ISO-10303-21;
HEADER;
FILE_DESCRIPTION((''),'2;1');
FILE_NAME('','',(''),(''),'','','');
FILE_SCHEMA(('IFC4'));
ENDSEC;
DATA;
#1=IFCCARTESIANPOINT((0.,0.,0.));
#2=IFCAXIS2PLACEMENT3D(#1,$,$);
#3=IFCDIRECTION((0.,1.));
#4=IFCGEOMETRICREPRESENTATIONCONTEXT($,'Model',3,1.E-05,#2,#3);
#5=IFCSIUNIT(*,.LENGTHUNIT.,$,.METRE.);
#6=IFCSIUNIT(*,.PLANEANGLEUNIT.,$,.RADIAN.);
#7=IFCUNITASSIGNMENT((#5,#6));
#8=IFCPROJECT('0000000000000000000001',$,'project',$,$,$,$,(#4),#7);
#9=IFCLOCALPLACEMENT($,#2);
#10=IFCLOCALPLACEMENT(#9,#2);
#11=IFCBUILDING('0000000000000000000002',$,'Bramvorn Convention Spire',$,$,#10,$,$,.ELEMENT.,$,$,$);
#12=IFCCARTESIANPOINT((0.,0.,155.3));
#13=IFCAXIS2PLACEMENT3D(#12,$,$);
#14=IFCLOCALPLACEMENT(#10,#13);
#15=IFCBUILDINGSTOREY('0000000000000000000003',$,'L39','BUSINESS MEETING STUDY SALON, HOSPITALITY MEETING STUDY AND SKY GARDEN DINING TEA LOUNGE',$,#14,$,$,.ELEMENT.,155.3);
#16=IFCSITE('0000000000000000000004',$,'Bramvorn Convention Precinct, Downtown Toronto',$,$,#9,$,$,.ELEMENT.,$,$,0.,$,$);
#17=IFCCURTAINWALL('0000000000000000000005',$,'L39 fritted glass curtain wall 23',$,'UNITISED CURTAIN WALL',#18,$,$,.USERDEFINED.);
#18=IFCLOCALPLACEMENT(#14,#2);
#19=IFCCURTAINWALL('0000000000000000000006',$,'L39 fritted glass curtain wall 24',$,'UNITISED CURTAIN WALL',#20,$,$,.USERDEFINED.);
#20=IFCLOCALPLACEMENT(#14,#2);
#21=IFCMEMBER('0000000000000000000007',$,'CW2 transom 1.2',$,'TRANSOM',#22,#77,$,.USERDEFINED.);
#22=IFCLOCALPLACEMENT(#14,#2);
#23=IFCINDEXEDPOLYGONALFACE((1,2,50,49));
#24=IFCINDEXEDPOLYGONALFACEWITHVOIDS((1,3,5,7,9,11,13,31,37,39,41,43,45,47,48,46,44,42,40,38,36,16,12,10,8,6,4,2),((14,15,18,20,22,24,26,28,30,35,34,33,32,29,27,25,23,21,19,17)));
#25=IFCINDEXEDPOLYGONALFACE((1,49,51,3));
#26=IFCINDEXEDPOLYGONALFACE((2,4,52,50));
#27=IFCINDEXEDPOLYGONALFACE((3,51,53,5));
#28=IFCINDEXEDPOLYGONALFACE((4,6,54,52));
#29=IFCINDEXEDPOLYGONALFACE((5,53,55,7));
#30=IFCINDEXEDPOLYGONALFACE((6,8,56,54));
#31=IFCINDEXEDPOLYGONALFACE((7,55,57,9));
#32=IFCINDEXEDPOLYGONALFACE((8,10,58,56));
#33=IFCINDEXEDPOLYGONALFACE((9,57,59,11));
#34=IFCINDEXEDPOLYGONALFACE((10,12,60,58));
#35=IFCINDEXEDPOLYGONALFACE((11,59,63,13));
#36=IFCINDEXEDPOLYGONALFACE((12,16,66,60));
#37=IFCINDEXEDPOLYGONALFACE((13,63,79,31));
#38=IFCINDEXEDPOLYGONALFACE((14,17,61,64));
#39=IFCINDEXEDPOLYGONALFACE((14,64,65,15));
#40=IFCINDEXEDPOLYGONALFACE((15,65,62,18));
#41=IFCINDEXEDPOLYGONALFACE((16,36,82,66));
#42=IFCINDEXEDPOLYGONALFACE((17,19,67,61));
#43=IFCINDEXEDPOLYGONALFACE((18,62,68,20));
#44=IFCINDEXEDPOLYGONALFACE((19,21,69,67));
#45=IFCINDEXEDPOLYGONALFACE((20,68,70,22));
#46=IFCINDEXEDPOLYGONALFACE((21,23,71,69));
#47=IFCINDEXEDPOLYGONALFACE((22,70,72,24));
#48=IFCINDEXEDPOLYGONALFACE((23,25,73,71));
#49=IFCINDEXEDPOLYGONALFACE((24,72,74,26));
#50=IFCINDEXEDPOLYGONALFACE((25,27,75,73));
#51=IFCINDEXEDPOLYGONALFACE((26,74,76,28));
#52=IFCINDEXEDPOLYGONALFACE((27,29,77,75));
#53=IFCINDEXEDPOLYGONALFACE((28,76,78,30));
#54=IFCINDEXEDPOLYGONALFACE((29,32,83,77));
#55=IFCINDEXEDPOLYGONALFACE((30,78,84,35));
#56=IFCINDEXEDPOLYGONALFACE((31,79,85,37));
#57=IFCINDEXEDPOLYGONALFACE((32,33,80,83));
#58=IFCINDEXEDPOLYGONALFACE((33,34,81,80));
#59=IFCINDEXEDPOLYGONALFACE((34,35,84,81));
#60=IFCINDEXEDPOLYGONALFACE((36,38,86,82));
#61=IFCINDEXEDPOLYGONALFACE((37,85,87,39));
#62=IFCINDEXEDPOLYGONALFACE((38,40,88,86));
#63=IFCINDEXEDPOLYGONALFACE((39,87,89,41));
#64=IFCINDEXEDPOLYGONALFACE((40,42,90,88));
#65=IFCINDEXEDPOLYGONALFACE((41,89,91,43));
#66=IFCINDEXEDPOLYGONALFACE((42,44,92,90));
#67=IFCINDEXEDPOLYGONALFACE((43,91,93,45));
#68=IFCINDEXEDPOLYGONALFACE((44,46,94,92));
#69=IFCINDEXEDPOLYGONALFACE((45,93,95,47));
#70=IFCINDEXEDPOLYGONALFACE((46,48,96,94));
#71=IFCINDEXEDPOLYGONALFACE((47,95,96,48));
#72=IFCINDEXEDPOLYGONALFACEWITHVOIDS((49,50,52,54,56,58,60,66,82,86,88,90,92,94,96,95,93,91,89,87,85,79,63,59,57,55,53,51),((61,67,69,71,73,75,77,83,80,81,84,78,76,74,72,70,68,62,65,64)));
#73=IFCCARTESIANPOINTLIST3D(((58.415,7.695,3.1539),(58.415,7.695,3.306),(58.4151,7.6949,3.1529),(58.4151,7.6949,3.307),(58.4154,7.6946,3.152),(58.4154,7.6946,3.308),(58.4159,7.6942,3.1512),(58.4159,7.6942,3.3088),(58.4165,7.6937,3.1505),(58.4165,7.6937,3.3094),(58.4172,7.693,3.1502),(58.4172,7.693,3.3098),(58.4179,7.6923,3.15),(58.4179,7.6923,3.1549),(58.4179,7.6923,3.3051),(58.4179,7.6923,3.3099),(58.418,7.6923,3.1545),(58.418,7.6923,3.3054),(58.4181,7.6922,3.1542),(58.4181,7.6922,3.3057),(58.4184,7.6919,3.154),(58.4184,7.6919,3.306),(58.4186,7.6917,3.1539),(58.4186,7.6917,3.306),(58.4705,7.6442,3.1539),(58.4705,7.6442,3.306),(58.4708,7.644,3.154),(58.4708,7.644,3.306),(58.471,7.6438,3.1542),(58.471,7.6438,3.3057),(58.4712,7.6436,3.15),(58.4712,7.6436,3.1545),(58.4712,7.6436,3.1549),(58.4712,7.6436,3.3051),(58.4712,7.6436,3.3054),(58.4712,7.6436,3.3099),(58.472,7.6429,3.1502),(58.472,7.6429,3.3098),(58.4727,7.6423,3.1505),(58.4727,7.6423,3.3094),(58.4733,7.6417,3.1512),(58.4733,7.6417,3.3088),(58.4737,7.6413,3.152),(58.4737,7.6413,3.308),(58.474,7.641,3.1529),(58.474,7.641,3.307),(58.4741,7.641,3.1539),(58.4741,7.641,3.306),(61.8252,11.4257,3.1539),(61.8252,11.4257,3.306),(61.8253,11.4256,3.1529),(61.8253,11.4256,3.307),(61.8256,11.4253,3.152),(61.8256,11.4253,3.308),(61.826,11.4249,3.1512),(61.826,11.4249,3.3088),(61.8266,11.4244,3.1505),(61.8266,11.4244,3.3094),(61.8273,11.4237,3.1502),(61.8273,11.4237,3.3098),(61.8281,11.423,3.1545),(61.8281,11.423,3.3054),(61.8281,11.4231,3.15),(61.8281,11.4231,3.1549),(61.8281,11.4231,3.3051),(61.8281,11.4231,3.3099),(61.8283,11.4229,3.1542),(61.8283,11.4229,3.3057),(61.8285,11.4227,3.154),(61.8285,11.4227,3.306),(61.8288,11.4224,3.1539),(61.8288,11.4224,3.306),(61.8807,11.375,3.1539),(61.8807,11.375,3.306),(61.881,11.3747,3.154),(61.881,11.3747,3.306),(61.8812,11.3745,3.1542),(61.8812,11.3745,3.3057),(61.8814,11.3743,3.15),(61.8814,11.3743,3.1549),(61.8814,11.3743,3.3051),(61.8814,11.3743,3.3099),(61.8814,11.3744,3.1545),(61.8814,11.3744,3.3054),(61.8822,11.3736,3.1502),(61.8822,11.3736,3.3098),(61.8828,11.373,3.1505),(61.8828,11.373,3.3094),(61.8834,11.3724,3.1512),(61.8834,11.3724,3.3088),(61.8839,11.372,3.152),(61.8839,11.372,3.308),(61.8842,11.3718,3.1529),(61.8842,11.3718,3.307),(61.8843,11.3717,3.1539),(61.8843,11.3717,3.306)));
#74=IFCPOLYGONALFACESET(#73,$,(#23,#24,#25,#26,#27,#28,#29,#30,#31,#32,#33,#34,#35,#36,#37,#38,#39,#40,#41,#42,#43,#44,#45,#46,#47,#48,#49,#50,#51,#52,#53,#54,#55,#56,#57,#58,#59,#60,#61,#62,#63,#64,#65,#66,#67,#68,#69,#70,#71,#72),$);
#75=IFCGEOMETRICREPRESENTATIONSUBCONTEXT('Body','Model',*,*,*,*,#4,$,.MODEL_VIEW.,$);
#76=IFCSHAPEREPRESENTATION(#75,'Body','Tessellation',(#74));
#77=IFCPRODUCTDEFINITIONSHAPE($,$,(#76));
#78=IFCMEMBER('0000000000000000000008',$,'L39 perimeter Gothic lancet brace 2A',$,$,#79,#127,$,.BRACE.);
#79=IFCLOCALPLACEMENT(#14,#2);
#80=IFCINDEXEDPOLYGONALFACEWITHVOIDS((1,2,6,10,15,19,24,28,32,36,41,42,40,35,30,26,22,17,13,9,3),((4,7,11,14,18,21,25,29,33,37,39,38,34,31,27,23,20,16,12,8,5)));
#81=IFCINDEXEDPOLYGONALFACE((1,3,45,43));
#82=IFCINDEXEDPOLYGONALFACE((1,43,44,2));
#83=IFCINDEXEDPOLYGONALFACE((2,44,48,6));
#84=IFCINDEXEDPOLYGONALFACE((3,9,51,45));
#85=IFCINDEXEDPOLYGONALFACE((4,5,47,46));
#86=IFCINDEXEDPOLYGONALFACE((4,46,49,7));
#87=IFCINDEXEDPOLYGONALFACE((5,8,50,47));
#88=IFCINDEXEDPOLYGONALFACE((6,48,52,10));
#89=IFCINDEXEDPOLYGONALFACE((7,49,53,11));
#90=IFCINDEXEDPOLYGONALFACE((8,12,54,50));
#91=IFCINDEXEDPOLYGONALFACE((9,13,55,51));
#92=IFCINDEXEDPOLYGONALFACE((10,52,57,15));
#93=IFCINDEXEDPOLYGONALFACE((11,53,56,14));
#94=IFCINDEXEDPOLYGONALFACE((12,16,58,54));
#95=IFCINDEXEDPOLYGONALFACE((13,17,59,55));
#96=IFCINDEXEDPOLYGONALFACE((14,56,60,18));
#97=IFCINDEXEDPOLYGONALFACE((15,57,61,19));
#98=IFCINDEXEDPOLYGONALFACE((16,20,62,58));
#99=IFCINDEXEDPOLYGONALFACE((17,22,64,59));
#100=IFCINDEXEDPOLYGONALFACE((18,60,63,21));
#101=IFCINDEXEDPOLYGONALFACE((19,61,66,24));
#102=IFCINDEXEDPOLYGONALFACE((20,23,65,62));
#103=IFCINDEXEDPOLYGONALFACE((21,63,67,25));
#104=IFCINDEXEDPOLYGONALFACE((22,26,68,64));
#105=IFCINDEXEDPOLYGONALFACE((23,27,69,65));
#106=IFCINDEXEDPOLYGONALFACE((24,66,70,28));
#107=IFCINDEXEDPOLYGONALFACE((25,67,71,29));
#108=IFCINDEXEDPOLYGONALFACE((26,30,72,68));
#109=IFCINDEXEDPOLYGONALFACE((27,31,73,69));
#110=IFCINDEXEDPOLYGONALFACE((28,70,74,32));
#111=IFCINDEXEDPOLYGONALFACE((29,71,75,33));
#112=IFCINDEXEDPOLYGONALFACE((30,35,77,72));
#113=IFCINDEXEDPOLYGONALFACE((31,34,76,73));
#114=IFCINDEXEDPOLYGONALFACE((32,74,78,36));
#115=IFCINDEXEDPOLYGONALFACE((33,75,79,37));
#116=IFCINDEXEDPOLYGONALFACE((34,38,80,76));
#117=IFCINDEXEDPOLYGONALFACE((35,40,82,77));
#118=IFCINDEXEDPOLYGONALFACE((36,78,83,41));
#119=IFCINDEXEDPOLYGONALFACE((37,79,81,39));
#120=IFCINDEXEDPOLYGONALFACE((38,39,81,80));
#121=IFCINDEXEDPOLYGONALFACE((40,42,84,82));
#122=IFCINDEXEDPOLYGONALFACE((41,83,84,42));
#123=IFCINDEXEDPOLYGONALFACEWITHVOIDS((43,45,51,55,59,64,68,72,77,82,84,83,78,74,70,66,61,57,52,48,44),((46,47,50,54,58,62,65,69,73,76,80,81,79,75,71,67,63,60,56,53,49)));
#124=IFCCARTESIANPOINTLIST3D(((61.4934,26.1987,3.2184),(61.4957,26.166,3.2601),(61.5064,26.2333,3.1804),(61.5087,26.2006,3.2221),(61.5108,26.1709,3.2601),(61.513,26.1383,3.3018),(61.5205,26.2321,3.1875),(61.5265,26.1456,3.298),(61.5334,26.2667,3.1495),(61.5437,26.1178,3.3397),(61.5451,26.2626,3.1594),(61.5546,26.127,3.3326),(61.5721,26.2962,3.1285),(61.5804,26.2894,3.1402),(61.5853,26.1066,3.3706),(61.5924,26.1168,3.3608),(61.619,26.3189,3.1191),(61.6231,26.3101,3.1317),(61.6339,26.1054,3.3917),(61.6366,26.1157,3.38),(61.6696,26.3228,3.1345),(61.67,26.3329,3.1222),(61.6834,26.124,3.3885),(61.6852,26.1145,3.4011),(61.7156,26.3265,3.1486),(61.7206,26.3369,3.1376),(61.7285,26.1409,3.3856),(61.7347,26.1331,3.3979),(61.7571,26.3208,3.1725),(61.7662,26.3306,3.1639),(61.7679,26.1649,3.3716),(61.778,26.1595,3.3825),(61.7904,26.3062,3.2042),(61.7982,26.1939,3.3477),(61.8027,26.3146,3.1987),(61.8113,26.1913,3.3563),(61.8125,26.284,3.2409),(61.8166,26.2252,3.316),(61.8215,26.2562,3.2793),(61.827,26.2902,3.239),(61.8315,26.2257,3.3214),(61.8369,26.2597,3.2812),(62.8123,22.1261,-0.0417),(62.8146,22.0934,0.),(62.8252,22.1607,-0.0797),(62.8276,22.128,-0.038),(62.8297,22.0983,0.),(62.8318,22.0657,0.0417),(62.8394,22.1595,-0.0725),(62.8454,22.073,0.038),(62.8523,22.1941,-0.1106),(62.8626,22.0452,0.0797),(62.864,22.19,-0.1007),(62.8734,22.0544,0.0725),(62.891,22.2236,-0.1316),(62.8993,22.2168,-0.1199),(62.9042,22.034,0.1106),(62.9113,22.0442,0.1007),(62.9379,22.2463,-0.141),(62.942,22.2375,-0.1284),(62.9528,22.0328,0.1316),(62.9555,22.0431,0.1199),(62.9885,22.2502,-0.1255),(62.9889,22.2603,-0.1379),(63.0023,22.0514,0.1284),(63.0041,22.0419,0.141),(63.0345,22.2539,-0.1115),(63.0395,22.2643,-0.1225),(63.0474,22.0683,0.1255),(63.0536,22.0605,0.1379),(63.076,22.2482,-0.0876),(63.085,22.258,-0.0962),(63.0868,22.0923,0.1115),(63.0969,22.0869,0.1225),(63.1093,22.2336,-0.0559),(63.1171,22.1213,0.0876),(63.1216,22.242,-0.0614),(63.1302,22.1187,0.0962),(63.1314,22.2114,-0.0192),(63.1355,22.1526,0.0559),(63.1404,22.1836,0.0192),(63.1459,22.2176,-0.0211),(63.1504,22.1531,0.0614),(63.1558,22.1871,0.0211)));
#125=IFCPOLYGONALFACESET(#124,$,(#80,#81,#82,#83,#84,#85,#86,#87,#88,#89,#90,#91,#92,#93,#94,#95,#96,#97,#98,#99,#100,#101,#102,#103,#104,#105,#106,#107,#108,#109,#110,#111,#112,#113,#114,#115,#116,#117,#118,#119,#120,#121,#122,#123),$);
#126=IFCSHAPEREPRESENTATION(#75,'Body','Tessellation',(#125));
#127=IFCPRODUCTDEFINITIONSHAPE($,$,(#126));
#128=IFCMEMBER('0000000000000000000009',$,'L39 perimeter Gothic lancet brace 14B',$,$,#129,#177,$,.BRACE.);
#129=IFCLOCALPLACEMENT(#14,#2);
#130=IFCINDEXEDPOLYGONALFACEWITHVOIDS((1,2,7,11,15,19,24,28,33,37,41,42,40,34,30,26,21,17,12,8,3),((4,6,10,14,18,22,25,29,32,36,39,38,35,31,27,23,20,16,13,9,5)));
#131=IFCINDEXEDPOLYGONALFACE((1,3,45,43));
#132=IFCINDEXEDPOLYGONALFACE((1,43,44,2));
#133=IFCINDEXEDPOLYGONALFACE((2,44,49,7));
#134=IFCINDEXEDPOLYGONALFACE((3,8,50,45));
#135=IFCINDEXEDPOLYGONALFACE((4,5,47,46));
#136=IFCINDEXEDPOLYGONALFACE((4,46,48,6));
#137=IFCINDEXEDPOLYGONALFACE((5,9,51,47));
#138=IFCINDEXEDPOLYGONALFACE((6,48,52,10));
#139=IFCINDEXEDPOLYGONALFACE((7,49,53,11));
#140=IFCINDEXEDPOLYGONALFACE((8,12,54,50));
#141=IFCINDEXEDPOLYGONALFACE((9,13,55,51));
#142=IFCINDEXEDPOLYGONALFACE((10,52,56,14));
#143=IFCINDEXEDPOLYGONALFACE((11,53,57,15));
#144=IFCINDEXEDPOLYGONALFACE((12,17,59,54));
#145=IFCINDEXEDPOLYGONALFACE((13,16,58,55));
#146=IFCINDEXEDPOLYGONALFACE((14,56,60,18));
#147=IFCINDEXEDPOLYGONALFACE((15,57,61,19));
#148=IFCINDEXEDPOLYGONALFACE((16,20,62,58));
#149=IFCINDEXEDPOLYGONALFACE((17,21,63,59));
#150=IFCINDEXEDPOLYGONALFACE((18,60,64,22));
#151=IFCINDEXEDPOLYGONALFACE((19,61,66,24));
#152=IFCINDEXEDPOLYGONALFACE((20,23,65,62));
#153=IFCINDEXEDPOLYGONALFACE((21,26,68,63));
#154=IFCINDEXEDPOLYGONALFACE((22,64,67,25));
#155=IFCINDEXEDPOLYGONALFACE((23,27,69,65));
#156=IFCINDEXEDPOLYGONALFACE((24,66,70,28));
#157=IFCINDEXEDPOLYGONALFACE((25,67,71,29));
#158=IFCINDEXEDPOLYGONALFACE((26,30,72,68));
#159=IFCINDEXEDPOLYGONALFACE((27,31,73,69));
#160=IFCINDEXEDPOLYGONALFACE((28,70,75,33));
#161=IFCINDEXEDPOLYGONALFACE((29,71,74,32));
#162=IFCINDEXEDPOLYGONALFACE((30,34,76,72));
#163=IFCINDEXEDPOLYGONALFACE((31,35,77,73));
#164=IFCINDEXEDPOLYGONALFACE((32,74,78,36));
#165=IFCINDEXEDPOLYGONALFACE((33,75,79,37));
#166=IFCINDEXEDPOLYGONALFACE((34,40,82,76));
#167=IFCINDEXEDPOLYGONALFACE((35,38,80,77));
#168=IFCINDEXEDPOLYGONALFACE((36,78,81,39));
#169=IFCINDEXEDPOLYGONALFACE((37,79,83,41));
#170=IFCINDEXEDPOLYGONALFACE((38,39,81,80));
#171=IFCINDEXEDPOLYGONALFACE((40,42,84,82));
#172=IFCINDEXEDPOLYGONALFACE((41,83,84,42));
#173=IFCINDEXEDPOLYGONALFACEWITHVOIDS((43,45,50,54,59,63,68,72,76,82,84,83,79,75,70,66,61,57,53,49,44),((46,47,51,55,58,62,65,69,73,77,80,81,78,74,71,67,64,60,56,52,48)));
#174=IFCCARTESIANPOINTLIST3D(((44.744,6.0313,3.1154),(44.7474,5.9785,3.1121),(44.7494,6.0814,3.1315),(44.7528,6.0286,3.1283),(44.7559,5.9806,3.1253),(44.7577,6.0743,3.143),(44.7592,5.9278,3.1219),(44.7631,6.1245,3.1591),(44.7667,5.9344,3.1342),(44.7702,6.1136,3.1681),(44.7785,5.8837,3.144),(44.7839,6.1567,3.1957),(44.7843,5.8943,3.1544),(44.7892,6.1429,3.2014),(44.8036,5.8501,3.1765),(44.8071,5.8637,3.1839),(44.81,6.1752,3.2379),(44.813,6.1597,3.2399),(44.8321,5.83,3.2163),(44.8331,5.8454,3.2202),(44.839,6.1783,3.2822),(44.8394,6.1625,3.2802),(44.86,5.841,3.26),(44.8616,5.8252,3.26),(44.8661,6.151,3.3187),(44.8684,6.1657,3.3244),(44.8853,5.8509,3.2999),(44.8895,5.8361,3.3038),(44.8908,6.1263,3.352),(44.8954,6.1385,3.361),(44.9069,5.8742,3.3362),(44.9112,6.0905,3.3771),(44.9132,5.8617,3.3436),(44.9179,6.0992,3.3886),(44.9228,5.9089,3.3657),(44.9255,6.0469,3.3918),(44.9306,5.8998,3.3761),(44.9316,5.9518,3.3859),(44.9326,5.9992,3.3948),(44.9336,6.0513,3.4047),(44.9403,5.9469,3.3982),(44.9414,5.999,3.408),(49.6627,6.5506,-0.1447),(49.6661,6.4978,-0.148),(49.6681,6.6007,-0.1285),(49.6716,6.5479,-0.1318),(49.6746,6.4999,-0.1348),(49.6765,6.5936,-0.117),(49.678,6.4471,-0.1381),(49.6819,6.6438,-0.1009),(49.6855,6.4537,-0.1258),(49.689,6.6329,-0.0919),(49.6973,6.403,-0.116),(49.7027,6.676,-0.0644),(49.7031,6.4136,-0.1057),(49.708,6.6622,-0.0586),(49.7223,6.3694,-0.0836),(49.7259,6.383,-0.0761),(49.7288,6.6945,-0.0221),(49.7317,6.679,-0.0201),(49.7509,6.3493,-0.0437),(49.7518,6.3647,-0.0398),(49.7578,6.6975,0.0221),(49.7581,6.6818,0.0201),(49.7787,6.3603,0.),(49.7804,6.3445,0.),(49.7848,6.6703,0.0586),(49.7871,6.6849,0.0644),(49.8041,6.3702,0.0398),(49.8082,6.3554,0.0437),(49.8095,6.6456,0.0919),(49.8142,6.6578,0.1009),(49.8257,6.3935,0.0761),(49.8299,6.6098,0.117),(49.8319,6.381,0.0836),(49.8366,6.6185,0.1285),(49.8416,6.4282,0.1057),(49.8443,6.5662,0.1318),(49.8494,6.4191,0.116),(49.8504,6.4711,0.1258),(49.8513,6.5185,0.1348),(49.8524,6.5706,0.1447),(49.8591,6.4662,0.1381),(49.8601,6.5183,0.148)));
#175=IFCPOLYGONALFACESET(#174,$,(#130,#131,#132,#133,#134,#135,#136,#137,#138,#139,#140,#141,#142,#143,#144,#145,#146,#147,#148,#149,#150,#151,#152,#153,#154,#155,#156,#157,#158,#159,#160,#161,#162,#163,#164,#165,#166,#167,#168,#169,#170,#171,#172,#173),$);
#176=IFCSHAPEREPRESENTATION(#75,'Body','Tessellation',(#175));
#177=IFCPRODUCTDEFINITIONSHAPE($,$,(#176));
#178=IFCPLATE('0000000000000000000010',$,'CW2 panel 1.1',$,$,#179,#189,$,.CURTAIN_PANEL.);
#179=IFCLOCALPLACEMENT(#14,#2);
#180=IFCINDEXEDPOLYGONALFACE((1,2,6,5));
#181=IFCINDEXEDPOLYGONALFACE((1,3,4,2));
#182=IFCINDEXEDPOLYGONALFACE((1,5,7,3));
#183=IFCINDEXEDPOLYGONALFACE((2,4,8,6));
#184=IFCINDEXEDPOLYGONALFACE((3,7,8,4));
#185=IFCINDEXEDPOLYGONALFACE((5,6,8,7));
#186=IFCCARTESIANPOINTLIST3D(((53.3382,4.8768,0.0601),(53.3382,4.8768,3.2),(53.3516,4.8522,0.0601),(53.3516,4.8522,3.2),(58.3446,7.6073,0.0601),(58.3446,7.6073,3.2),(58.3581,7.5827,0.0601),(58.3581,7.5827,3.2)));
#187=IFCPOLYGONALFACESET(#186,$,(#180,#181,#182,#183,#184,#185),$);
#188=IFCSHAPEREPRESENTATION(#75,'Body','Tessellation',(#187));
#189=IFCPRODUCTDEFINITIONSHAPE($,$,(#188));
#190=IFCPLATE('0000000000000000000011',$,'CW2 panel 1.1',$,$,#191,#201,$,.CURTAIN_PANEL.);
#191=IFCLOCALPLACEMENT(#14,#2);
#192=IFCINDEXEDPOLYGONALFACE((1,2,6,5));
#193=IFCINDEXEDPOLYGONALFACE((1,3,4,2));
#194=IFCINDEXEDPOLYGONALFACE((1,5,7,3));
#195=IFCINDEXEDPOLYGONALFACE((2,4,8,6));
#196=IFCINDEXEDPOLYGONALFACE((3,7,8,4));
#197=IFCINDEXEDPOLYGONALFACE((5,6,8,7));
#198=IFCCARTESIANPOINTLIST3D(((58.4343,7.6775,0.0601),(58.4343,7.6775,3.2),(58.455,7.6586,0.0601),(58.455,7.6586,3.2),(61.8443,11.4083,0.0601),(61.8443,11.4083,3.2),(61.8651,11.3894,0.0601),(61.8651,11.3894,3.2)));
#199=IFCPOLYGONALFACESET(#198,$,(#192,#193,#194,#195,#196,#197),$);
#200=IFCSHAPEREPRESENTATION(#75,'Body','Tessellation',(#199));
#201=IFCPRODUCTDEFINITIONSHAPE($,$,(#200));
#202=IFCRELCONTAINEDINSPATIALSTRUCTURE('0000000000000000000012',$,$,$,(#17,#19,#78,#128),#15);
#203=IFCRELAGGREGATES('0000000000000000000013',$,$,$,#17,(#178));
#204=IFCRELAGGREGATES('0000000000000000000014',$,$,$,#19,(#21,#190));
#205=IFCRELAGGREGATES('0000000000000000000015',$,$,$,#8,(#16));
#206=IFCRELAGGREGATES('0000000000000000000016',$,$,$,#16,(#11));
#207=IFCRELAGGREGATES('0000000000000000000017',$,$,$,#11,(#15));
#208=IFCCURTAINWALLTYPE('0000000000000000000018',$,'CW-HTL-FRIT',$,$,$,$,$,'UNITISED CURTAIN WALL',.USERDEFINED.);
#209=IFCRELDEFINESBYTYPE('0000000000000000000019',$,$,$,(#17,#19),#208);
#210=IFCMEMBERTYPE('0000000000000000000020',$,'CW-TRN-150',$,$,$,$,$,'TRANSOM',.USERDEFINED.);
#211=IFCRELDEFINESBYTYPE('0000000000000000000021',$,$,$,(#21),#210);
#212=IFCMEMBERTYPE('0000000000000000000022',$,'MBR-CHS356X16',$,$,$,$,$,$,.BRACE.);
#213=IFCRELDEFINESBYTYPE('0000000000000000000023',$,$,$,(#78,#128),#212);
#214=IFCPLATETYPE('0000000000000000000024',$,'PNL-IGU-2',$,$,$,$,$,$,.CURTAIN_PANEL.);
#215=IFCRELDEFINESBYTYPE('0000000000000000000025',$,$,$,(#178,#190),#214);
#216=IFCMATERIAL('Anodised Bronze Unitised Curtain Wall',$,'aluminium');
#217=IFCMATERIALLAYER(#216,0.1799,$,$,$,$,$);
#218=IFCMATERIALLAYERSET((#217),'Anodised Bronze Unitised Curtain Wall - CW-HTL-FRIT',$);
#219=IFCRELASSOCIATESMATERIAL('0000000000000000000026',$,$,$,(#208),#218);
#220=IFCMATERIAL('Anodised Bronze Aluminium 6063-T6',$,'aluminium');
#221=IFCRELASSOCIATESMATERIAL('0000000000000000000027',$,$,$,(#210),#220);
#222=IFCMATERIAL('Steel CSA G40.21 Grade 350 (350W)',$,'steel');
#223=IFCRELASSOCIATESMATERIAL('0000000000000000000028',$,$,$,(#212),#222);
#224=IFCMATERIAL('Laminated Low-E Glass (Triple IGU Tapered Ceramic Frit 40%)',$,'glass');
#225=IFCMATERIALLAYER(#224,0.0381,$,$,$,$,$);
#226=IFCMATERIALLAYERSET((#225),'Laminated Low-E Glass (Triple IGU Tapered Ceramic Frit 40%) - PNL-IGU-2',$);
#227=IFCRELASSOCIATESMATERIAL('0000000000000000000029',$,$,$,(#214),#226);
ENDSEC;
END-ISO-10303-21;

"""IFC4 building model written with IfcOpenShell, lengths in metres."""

from ifc_helpers import new_model, si_unit, direction, frame, origin, origin_2d, place, context, subcontext, project, spatial, rectangle, hollow_rectangle, hollow_circle, extrude, material, layer, layer_set, material_profile, profile_set, type_object, element, aggregate, save


model = new_model("IFC4")

# Units and contexts
model_context = context("Model", 3, precision=1e-05, world=origin(), true_north=direction((0.0, 1.0)))
body_context = subcontext(model_context, "Body", "Model", "MODEL_VIEW")
ifc_project = project(units=[si_unit("LENGTHUNIT", "METRE"), si_unit("PLANEANGLEUNIT", "RADIAN")], contexts=[model_context])

# Site, building, storey
site_placement = place(None, origin())
site = spatial("IfcSite", under=ifc_project, at=site_placement, Name="Bramvorn Convention Precinct, Downtown Toronto", CompositionType="ELEMENT", RefElevation=0.0)
building_placement = place(site_placement, origin())
building = spatial("IfcBuilding", under=site, at=building_placement, Name="Bramvorn Convention Spire", CompositionType="ELEMENT")
storey_placement = place(building_placement, frame((0.0, 0.0, 155.3)))
storey = spatial("IfcBuildingStorey", under=building, at=storey_placement, Name="L39", Description="BUSINESS MEETING STUDY SALON, HOSPITALITY MEETING STUDY AND SKY GARDEN DINING TEA LOUNGE", CompositionType="ELEMENT", Elevation=155.3)

# Shared definitions
ifc_material_1 = material(Name="Steel CSA G40.21 Grade 350 (350W)", Category="steel")

# Curtain walls
ifc_material_2 = material(Name="Anodised Bronze Unitised Curtain Wall", Category="aluminium")
ifc_layer_1 = layer(ifc_material_2, 0.1799)
ifc_layer_set_1 = layer_set([ifc_layer_1], Name="Anodised Bronze Unitised Curtain Wall - CW-HTL-FRIT")
curtain_wall_type = type_object("IfcCurtainWallType", Name="CW-HTL-FRIT", ElementType="UNITISED CURTAIN WALL", PredefinedType="USERDEFINED", material=ifc_layer_set_1)
curtain_wall_1_placement = place(storey_placement, origin())
curtain_wall_1 = element("IfcCurtainWall", 1, at=curtain_wall_1_placement, inside=storey, type_object=curtain_wall_type, Name="L39 fritted glass curtain wall 23", ObjectType="UNITISED CURTAIN WALL", PredefinedType="USERDEFINED")
ifc_material_3 = material(Name="Anodised Bronze Aluminium 6063-T6", Category="aluminium")
curtain_wall_2_placement = place(storey_placement, origin())
curtain_wall_2 = element("IfcCurtainWall", 2, at=curtain_wall_2_placement, inside=storey, type_object=curtain_wall_type, Name="L39 fritted glass curtain wall 24", ObjectType="UNITISED CURTAIN WALL", PredefinedType="USERDEFINED")

# Member
ifc_material_profile_1 = material_profile(ifc_material_3, hollow_rectangle(XDim=0.0801, YDim=0.1599, WallThickness=0.0039, InnerFilletRadius=0.001, OuterFilletRadius=0.0039, at=origin_2d()))
ifc_profile_set_1 = profile_set([ifc_material_profile_1], Name="Anodised Bronze Aluminium 6063-T6 - CWT80X160")
member_type_1 = type_object("IfcMemberType", Name="CW-TRN-150", ElementType="TRANSOM", PredefinedType="USERDEFINED", material=ifc_profile_set_1)
member_1_placement = place(storey_placement, frame((61.8547, 11.3987, 3.23), z_axis=(-0.674685, -0.738106, 0.0), x_axis=(0.738106, -0.674685, 0.0)))
member_1 = element("IfcMember", 3, at=member_1_placement, type_object=member_type_1, Name="CW2 transom 1.2", ObjectType="TRANSOM", PredefinedType="USERDEFINED", context=body_context, shape_type="SweptSolid", body=[
    extrude(hollow_rectangle(XDim=0.0801, YDim=0.1599, WallThickness=0.0039, InnerFilletRadius=0.001, OuterFilletRadius=0.0039, at=origin_2d()), origin(), (0.0, 0.0, 1.0), 5.0544),
])

# Members
ifc_material_profile_2 = material_profile(ifc_material_1, hollow_circle(Radius=0.1777, WallThickness=0.0159, at=origin_2d()))
ifc_profile_set_2 = profile_set([ifc_material_profile_2], Name="Steel CSA G40.21 Grade 350 (350W) - CHS356X16")
member_type_2 = type_object("IfcMemberType", Name="MBR-CHS356X16", PredefinedType="BRACE", material=ifc_profile_set_2)
member_2_placement = place(storey_placement, frame((62.9836, 22.1482, 0.0), z_axis=(-0.245105, 0.756868, 0.605866), x_axis=(-0.951358, -0.308089, 0.0)))
element("IfcMember", 4, at=member_2_placement, inside=storey, type_object=member_type_2, Name="L39 perimeter Gothic lancet brace 2A", PredefinedType="BRACE", context=body_context, shape_type="SweptSolid", body=[
    extrude(hollow_circle(Radius=0.1777, WallThickness=0.0159, at=origin_2d()), origin(), (0.0, 0.0, 1.0), 5.3809),
])
member_3_placement = place(storey_placement, frame((49.7617, 6.5212, 0.0), z_axis=(-0.830334, -0.087662, 0.550328), x_axis=(0.104991, -0.994473, 0.0)))
element("IfcMember", 5, at=member_3_placement, inside=storey, type_object=member_type_2, Name="L39 perimeter Gothic lancet brace 14B", PredefinedType="BRACE", context=body_context, shape_type="SweptSolid", body=[
    extrude(hollow_circle(Radius=0.1777, WallThickness=0.0159, at=origin_2d()), origin(), (0.0, 0.0, 1.0), 5.9238),
])

# Plates
ifc_material_4 = material(Name="Laminated Low-E Glass (Triple IGU Tapered Ceramic Frit 40%)", Category="glass")
ifc_layer_2 = layer(ifc_material_4, 0.0381)
ifc_layer_set_2 = layer_set([ifc_layer_2], Name="Laminated Low-E Glass (Triple IGU Tapered Ceramic Frit 40%) - PNL-IGU-2")
plate_type = type_object("IfcPlateType", Name="PNL-IGU-2", PredefinedType="CURTAIN_PANEL", material=ifc_layer_set_2)
plate_1_placement = place(storey_placement, frame((55.8481, 6.2297, 0.0601), z_axis=(0.0, 0.0, 1.0), x_axis=(-0.877918, -0.478811, 0.0)))
plate_1 = element("IfcPlate", 6, at=plate_1_placement, type_object=plate_type, Name="CW2 panel 1.1", PredefinedType="CURTAIN_PANEL", context=body_context, shape_type="SweptSolid", body=[
    extrude(rectangle(XDim=5.7026, YDim=0.0281, at=origin_2d()), origin(), (0.0, 0.0, 1.0), 3.1399),
])
aggregate(curtain_wall_1, [plate_1])
plate_2_placement = place(storey_placement, frame((60.1497, 9.5334, 0.0601), z_axis=(0.0, 0.0, 1.0), x_axis=(-0.674671, -0.738118, 0.0)))
plate_2 = element("IfcPlate", 7, at=plate_2_placement, type_object=plate_type, Name="CW2 panel 1.1", PredefinedType="CURTAIN_PANEL", context=body_context, shape_type="SweptSolid", body=[
    extrude(rectangle(XDim=5.0544, YDim=0.0281, at=origin_2d()), origin(), (0.0, 0.0, 1.0), 3.1399),
])
aggregate(curtain_wall_2, [member_1, plate_2])

save(model, "model.ifc")
